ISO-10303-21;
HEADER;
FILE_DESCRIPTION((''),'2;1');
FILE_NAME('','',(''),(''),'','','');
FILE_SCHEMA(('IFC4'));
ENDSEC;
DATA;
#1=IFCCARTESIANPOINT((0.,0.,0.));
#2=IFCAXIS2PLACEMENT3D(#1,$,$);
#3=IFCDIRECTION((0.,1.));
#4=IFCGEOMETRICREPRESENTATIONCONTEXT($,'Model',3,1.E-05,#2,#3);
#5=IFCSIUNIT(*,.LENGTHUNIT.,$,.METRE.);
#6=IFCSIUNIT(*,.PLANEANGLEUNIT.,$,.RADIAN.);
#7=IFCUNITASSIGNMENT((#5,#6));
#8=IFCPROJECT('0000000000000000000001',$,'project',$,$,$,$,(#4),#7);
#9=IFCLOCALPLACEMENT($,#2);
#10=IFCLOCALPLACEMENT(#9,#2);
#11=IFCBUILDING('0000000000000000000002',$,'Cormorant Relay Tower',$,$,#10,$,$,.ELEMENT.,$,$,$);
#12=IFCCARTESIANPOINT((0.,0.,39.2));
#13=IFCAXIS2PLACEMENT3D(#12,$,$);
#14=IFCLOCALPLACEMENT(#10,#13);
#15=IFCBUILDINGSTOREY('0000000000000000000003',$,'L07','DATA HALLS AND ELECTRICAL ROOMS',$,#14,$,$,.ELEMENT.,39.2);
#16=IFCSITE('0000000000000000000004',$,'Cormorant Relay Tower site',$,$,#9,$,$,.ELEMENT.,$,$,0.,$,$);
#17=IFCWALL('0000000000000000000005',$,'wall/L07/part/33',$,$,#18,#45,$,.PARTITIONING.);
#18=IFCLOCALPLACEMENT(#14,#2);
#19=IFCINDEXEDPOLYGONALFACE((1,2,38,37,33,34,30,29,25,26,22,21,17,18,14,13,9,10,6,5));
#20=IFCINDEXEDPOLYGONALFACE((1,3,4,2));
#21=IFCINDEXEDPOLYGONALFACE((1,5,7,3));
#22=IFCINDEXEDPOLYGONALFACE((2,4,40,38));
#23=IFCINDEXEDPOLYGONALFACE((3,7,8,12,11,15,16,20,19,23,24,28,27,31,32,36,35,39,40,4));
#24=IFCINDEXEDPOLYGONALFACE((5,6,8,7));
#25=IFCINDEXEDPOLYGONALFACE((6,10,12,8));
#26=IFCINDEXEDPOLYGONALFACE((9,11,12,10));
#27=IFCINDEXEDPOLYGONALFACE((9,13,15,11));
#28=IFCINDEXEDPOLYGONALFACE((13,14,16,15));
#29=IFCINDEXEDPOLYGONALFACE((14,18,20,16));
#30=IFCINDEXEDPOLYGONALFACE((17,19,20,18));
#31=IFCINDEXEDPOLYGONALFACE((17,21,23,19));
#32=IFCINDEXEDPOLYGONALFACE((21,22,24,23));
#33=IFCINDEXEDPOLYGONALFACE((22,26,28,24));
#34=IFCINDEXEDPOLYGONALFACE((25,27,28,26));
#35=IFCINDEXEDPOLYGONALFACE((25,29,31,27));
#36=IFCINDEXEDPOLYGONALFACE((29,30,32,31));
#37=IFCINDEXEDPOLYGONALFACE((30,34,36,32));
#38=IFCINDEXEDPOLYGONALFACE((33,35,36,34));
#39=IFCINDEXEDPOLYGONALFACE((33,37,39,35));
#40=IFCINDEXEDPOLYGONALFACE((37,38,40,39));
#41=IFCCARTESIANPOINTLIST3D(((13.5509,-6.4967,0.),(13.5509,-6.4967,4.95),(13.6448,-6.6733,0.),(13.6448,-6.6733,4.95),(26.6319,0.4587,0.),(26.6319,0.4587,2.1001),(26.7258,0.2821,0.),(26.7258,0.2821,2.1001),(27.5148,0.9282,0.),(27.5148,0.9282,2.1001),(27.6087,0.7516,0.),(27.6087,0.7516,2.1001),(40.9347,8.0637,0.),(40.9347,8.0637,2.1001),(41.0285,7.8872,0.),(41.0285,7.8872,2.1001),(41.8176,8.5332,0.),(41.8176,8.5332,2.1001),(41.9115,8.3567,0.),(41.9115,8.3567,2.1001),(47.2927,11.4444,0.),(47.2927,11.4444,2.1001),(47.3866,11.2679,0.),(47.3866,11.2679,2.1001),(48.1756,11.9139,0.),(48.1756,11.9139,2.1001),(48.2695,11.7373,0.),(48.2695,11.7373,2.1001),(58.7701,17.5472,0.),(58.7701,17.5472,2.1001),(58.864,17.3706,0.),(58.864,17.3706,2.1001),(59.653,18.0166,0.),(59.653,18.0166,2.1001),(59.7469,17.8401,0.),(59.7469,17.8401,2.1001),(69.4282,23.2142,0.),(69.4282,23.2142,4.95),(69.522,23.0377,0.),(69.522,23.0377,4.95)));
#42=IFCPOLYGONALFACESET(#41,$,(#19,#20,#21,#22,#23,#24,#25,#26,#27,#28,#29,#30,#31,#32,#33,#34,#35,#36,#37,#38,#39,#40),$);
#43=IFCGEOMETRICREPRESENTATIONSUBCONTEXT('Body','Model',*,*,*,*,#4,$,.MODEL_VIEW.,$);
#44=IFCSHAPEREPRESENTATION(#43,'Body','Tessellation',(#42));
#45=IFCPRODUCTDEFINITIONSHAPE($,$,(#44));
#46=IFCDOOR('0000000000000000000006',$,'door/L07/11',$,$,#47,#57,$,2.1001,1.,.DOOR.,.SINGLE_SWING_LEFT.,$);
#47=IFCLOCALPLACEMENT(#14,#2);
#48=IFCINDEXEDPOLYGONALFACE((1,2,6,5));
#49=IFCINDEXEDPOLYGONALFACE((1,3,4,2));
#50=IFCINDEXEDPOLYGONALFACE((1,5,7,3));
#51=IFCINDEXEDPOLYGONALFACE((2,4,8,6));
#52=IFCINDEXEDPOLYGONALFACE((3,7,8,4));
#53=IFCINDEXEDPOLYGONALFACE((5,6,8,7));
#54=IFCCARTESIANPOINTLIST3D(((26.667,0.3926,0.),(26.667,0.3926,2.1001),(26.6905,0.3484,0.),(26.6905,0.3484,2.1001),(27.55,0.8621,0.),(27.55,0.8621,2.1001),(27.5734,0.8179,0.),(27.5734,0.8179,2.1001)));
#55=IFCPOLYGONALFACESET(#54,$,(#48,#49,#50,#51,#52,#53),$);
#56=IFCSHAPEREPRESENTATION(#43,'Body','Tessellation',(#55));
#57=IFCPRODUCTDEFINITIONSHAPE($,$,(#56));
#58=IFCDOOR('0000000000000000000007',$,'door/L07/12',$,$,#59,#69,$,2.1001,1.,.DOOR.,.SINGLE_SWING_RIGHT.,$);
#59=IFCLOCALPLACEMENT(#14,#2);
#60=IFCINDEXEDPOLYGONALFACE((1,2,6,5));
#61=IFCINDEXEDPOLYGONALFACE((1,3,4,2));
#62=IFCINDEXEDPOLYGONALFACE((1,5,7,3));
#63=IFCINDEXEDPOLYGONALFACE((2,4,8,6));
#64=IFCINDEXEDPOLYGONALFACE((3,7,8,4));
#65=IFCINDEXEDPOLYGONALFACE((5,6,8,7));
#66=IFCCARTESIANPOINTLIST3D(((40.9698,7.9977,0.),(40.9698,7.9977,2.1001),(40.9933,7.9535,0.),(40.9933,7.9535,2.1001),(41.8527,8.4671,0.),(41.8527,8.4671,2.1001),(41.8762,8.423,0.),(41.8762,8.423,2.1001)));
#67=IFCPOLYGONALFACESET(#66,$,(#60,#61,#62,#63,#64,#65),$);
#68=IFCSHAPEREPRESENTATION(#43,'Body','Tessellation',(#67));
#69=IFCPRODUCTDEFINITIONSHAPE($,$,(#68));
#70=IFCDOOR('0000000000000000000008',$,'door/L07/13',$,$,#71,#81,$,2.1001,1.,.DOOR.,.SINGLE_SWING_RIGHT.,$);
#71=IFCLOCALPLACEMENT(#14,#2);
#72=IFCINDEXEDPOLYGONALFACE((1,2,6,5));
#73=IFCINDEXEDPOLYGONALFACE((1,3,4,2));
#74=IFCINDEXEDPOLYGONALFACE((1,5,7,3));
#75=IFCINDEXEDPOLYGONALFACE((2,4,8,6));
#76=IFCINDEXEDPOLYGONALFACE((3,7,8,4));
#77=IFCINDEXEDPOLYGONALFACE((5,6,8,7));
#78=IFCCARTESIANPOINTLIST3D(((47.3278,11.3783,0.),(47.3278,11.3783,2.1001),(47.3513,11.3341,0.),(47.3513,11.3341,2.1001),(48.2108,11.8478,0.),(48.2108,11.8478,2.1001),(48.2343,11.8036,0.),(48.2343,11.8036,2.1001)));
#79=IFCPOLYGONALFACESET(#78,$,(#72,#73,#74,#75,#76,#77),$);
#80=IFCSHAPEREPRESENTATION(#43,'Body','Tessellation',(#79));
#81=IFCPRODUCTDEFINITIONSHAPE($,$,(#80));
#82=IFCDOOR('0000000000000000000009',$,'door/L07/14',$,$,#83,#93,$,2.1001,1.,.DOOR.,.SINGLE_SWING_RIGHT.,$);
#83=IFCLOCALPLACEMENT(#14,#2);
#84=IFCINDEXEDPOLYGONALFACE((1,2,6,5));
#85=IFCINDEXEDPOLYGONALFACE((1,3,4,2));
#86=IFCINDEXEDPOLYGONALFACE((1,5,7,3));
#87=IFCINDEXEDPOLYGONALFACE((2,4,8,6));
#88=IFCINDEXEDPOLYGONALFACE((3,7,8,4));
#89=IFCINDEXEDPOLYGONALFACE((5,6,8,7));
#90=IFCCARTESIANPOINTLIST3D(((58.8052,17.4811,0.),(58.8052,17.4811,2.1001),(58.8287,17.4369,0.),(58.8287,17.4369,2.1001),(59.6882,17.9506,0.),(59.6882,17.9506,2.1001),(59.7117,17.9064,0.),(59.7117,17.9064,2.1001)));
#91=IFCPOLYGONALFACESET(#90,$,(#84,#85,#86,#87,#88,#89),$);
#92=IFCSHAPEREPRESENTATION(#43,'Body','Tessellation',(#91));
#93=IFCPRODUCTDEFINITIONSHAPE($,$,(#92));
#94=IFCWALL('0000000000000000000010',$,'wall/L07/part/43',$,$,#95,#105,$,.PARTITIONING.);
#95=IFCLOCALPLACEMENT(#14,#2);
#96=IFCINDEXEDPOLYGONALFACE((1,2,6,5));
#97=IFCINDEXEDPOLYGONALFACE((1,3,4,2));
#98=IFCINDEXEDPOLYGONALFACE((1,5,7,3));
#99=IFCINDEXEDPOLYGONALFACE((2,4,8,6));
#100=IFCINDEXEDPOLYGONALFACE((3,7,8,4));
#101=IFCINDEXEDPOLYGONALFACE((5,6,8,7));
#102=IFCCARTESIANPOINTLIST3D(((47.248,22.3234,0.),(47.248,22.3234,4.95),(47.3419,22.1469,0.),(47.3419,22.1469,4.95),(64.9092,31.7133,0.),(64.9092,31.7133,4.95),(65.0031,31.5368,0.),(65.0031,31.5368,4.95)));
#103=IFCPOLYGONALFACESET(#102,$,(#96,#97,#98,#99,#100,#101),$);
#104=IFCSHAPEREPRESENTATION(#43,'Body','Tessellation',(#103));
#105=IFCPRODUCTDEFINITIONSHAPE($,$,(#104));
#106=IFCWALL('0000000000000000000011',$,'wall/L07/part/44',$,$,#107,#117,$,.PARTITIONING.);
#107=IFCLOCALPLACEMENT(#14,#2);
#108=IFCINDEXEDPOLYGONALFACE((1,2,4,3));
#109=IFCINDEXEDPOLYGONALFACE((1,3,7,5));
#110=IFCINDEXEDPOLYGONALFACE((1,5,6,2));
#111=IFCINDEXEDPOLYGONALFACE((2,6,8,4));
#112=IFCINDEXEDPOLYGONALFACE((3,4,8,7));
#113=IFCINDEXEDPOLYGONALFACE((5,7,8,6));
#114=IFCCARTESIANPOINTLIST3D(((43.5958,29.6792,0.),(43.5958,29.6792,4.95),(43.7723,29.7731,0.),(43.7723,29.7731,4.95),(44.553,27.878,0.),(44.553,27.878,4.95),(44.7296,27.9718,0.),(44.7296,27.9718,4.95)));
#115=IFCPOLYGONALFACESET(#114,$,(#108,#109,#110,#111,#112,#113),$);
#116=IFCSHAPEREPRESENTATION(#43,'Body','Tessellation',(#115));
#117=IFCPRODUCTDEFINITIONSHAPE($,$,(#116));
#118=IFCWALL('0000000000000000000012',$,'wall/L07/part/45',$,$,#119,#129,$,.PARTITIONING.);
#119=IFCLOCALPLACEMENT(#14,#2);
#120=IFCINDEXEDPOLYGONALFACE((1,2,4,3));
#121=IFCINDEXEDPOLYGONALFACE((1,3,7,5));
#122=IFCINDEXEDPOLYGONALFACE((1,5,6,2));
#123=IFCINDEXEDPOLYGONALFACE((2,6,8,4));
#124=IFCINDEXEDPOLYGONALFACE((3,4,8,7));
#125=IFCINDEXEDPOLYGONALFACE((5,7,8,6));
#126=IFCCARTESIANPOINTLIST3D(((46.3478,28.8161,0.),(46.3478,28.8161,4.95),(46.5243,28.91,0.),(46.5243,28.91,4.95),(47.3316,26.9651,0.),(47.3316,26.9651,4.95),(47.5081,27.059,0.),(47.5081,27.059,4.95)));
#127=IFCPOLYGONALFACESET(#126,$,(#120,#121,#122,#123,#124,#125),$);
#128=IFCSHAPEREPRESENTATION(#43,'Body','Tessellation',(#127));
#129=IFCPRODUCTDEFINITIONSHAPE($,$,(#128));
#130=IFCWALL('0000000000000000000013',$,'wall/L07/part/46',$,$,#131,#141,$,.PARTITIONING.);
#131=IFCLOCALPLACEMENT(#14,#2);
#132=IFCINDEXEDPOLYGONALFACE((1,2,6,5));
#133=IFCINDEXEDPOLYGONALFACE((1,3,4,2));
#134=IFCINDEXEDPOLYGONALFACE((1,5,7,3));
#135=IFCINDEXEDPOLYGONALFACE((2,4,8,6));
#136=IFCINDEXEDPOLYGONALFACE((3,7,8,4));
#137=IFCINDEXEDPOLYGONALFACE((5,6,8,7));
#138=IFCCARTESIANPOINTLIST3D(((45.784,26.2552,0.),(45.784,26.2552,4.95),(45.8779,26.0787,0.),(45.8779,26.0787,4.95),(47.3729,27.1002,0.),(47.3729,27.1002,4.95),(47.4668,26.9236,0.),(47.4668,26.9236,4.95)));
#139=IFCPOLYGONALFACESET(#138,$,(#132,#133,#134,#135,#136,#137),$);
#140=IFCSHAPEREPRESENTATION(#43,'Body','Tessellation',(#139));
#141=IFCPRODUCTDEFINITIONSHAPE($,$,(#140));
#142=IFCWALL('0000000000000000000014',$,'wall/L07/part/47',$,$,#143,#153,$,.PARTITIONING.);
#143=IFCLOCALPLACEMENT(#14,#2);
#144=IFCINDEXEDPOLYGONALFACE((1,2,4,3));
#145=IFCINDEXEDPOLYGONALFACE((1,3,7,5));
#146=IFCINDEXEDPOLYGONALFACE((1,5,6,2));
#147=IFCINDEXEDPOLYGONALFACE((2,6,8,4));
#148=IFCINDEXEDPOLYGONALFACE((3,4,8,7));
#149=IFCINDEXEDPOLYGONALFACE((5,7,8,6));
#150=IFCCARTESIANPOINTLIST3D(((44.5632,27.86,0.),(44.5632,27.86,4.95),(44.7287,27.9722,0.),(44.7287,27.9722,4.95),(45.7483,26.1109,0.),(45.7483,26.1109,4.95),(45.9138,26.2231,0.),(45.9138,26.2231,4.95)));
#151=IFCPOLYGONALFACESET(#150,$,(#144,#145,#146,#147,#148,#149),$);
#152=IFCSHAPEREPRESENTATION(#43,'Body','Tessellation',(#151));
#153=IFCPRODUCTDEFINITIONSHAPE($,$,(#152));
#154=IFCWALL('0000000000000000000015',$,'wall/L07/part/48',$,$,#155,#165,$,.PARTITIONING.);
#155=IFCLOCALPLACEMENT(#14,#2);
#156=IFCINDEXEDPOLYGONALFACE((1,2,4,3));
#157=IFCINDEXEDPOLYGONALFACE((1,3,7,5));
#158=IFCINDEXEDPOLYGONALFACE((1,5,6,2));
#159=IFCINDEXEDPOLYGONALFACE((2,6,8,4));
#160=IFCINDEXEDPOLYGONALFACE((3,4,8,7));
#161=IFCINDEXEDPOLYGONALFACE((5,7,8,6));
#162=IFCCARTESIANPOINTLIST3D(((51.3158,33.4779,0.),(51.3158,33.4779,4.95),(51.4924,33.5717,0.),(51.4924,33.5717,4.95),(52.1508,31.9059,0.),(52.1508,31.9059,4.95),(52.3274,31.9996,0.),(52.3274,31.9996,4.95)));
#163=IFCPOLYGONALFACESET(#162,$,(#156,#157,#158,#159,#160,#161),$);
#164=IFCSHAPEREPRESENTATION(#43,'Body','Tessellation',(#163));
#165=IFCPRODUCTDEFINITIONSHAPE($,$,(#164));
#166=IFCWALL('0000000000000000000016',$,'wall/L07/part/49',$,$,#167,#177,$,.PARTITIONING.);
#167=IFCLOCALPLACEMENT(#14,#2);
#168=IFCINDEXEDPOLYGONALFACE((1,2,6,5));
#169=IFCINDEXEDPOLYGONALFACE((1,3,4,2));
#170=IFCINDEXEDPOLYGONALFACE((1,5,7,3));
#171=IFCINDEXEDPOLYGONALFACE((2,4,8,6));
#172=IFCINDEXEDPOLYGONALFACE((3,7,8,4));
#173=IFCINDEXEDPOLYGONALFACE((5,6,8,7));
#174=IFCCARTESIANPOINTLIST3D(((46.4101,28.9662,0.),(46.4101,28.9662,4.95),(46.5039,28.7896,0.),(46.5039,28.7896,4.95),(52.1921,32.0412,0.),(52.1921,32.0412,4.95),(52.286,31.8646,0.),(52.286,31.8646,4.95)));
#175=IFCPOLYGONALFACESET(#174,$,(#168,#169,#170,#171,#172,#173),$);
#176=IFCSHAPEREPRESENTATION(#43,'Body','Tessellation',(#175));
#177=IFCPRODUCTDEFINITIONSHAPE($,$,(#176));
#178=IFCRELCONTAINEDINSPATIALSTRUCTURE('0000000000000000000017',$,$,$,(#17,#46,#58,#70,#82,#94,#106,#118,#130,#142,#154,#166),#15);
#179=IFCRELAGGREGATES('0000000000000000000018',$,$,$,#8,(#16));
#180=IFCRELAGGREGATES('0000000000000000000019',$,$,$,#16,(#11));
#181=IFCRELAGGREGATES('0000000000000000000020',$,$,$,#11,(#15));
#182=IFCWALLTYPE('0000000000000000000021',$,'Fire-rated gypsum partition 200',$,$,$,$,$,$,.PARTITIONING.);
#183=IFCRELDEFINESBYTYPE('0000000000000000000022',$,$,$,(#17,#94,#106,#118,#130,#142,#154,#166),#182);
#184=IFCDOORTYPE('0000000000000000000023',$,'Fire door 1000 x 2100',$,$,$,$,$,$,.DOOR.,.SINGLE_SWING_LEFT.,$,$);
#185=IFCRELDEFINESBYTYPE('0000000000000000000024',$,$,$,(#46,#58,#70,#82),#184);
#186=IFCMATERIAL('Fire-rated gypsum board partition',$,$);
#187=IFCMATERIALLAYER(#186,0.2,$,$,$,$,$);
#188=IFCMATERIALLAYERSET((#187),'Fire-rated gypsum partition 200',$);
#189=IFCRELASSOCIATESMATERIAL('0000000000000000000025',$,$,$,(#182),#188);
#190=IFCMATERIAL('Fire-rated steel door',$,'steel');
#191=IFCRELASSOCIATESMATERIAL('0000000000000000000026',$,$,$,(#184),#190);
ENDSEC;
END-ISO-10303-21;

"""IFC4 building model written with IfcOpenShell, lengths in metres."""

from ifc_helpers import new_model, si_unit, direction, frame, frame_2d, origin, place, context, subcontext, project, spatial, rectangle, extrude, material, layer, layer_set, type_object, element, fill, save


model = new_model("IFC4")

# Units and contexts
model_context = context("Model", 3, precision=1e-05, world=origin(), true_north=direction((0.0, 1.0)))
body_context = subcontext(model_context, "Body", "Model", "MODEL_VIEW")
ifc_project = project(units=[si_unit("LENGTHUNIT", "METRE"), si_unit("PLANEANGLEUNIT", "RADIAN")], contexts=[model_context])

# Site, building, storey
site_placement = place(None, origin())
site = spatial("IfcSite", under=ifc_project, at=site_placement, Name="Cormorant Relay Tower site", CompositionType="ELEMENT", RefElevation=0.0)
building_placement = place(site_placement, origin())
building = spatial("IfcBuilding", under=site, at=building_placement, Name="Cormorant Relay Tower", CompositionType="ELEMENT")
storey_placement = place(building_placement, frame((0.0, 0.0, 39.2)))
storey = spatial("IfcBuildingStorey", under=building, at=storey_placement, Name="L07", Description="DATA HALLS AND ELECTRICAL ROOMS", CompositionType="ELEMENT", Elevation=39.2)

# Wall, openings, doors
ifc_material_1 = material(Name="Fire-rated gypsum board partition")
ifc_layer_1 = layer(ifc_material_1, 0.2)
ifc_layer_set_1 = layer_set([ifc_layer_1], Name="Fire-rated gypsum partition 200")
wall_type_1 = type_object("IfcWallType", Name="Fire-rated gypsum partition 200", PredefinedType="PARTITIONING", material=ifc_layer_set_1)
wall_1_placement = place(storey_placement, frame((69.4751, 23.126, 0.0), z_axis=(0.0, 0.0, 1.0), x_axis=(-0.882944, -0.469478, 0.0)))
wall_1 = element("IfcWall", 1, at=wall_1_placement, inside=storey, type_object=wall_type_1, Name="wall/L07/part/33", PredefinedType="PARTITIONING", context=body_context, shape_type="SweptSolid", body=[
    extrude(rectangle(XDim=63.2852, YDim=0.2, at=frame_2d((31.6426, 0.0))), origin(), (0.0, 0.0, 1.0), 4.95),
])
opening_1_placement = place(wall_1_placement, frame((47.47, 0.0, 0.0)))
opening_1 = element("IfcOpeningElement", 2, at=opening_1_placement, cuts=wall_1, PredefinedType="OPENING", context=body_context, shape_type="SweptSolid", body=[
    extrude(rectangle(XDim=1.0, YDim=2.1001, at=frame_2d((0.5, 1.05))), frame((0.0, 0.1099, 0.0), z_axis=(0.0, -1.0, 0.0), x_axis=(1.0, 0.0, 0.0)), (0.0, 0.0, 1.0), 0.22),
])
opening_2_placement = place(wall_1_placement, frame((31.271, 0.0, 0.0)))
opening_2 = element("IfcOpeningElement", 3, at=opening_2_placement, cuts=wall_1, PredefinedType="OPENING", context=body_context, shape_type="SweptSolid", body=[
    extrude(rectangle(XDim=1.0, YDim=2.1001, at=frame_2d((0.5, 1.05))), frame((0.0, 0.1099, 0.0), z_axis=(0.0, -1.0, 0.0), x_axis=(1.0, 0.0, 0.0)), (0.0, 0.0, 1.0), 0.22),
])
opening_3_placement = place(wall_1_placement, frame((24.0701, 0.0, 0.0)))
opening_3 = element("IfcOpeningElement", 4, at=opening_3_placement, cuts=wall_1, PredefinedType="OPENING", context=body_context, shape_type="SweptSolid", body=[
    extrude(rectangle(XDim=1.0, YDim=2.1001, at=frame_2d((0.5, 1.05))), frame((0.0, 0.1099, 0.0), z_axis=(0.0, -1.0, 0.0), x_axis=(1.0, 0.0, 0.0)), (0.0, 0.0, 1.0), 0.22),
])
opening_4_placement = place(wall_1_placement, frame((11.071, 0.0, 0.0)))
opening_4 = element("IfcOpeningElement", 5, at=opening_4_placement, cuts=wall_1, PredefinedType="OPENING", context=body_context, shape_type="SweptSolid", body=[
    extrude(rectangle(XDim=1.0, YDim=2.1001, at=frame_2d((0.5, 1.05))), frame((0.0, 0.1099, 0.0), z_axis=(0.0, -1.0, 0.0), x_axis=(1.0, 0.0, 0.0)), (0.0, 0.0, 1.0), 0.22),
])
ifc_material_2 = material(Name="Fire-rated steel door", Category="steel")
door_type_1 = type_object("IfcDoorType", Name="Fire door 1000 x 2100", OperationType="SINGLE_SWING_LEFT", PredefinedType="DOOR", material=ifc_material_2)
door_1_placement = place(opening_1_placement, origin())
door_1 = element("IfcDoor", 6, at=door_1_placement, inside=storey, type_object=door_type_1, Name="door/L07/11", OperationType="SINGLE_SWING_LEFT", OverallHeight=2.1001, OverallWidth=1.0, PredefinedType="DOOR", context=body_context, shape_type="SweptSolid", body=[
    extrude(rectangle(XDim=1.0, YDim=2.1001, at=frame_2d((0.5, 1.05))), frame((0.0, 0.0249, 0.0), z_axis=(0.0, -1.0, 0.0), x_axis=(1.0, 0.0, 0.0)), (0.0, 0.0, 1.0), 0.05),
])
fill(opening_1, door_1)
door_2_placement = place(opening_2_placement, origin())
door_2 = element("IfcDoor", 7, at=door_2_placement, inside=storey, type_object=door_type_1, Name="door/L07/12", OperationType="SINGLE_SWING_RIGHT", OverallHeight=2.1001, OverallWidth=1.0, PredefinedType="DOOR", context=body_context, shape_type="SweptSolid", body=[
    extrude(rectangle(XDim=1.0, YDim=2.1001, at=frame_2d((0.5, 1.05))), frame((0.0, 0.0249, 0.0), z_axis=(0.0, -1.0, 0.0), x_axis=(1.0, 0.0, 0.0)), (0.0, 0.0, 1.0), 0.05),
])
fill(opening_2, door_2)
door_3_placement = place(opening_3_placement, origin())
door_3 = element("IfcDoor", 8, at=door_3_placement, inside=storey, type_object=door_type_1, Name="door/L07/13", OperationType="SINGLE_SWING_RIGHT", OverallHeight=2.1001, OverallWidth=1.0, PredefinedType="DOOR", context=body_context, shape_type="SweptSolid", body=[
    extrude(rectangle(XDim=1.0, YDim=2.1001, at=frame_2d((0.5, 1.05))), frame((0.0, 0.0249, 0.0), z_axis=(0.0, -1.0, 0.0), x_axis=(1.0, 0.0, 0.0)), (0.0, 0.0, 1.0), 0.05),
])
fill(opening_3, door_3)
door_4_placement = place(opening_4_placement, origin())
door_4 = element("IfcDoor", 9, at=door_4_placement, inside=storey, type_object=door_type_1, Name="door/L07/14", OperationType="SINGLE_SWING_RIGHT", OverallHeight=2.1001, OverallWidth=1.0, PredefinedType="DOOR", context=body_context, shape_type="SweptSolid", body=[
    extrude(rectangle(XDim=1.0, YDim=2.1001, at=frame_2d((0.5, 1.05))), frame((0.0, 0.0249, 0.0), z_axis=(0.0, -1.0, 0.0), x_axis=(1.0, 0.0, 0.0)), (0.0, 0.0, 1.0), 0.05),
])
fill(opening_4, door_4)

# Walls
wall_2_placement = place(storey_placement, frame((64.9561, 31.625, 0.0), z_axis=(0.0, 0.0, 1.0), x_axis=(-0.882962, -0.469444, 0.0)))
element("IfcWall", 10, at=wall_2_placement, inside=storey, type_object=wall_type_1, Name="wall/L07/part/43", PredefinedType="PARTITIONING", context=body_context, shape_type="SweptSolid", body=[
    extrude(rectangle(XDim=20.0022, YDim=0.2, at=frame_2d((10.001, 0.0))), origin(), (0.0, 0.0, 1.0), 4.95),
])
wall_3_placement = place(storey_placement, frame((44.6414, 27.9248, 0.0), z_axis=(0.0, 0.0, 1.0), x_axis=(-0.469289, 0.883044, 0.0)))
element("IfcWall", 11, at=wall_3_placement, inside=storey, type_object=wall_type_1, Name="wall/L07/part/44", PredefinedType="PARTITIONING", context=body_context, shape_type="SweptSolid", body=[
    extrude(rectangle(XDim=2.0398, YDim=0.2, at=frame_2d((1.02, 0.0))), origin(), (0.0, 0.0, 1.0), 4.95),
])
wall_4_placement = place(storey_placement, frame((46.436, 28.863, 0.0), z_axis=(0.0, 0.0, 1.0), x_axis=(0.469343, -0.883016, 0.0)))
element("IfcWall", 12, at=wall_4_placement, inside=storey, type_object=wall_type_1, Name="wall/L07/part/45", PredefinedType="PARTITIONING", context=body_context, shape_type="SweptSolid", body=[
    extrude(rectangle(XDim=2.0962, YDim=0.2, at=frame_2d((1.0481, 0.0))), origin(), (0.0, 0.0, 1.0), 4.95),
])
wall_5_placement = place(storey_placement, frame((47.4199, 27.012, 0.0), z_axis=(0.0, 0.0, 1.0), x_axis=(-0.882912, -0.469539, 0.0)))
element("IfcWall", 13, at=wall_5_placement, inside=storey, type_object=wall_type_1, Name="wall/L07/part/46", PredefinedType="PARTITIONING", context=body_context, shape_type="SweptSolid", body=[
    extrude(rectangle(XDim=1.7996, YDim=0.2, at=frame_2d((0.8999, 0.0))), origin(), (0.0, 0.0, 1.0), 4.95),
])
wall_6_placement = place(storey_placement, frame((45.8311, 26.167, 0.0), z_axis=(0.0, 0.0, 1.0), x_axis=(-0.560925, 0.827867, 0.0)))
element("IfcWall", 14, at=wall_6_placement, inside=storey, type_object=wall_type_1, Name="wall/L07/part/47", PredefinedType="PARTITIONING", context=body_context, shape_type="SweptSolid", body=[
    extrude(rectangle(XDim=2.1128, YDim=0.2, at=frame_2d((1.0564, 0.0))), origin(), (0.0, 0.0, 1.0), 4.95),
])
wall_7_placement = place(storey_placement, frame((51.4041, 33.5249, 0.0), z_axis=(0.0, 0.0, 1.0), x_axis=(0.469078, -0.883157, 0.0)))
element("IfcWall", 15, at=wall_7_placement, inside=storey, type_object=wall_type_1, Name="wall/L07/part/48", PredefinedType="PARTITIONING", context=body_context, shape_type="SweptSolid", body=[
    extrude(rectangle(XDim=1.78, YDim=0.2, at=frame_2d((0.8901, 0.0))), origin(), (0.0, 0.0, 1.0), 4.95),
])
wall_8_placement = place(storey_placement, frame((52.239, 31.9529, 0.0), z_axis=(0.0, 0.0, 1.0), x_axis=(-0.882909, -0.469545, 0.0)))
element("IfcWall", 16, at=wall_8_placement, inside=storey, type_object=wall_type_1, Name="wall/L07/part/49", PredefinedType="PARTITIONING", context=body_context, shape_type="SweptSolid", body=[
    extrude(rectangle(XDim=6.5488, YDim=0.2, at=frame_2d((3.2744, 0.0))), origin(), (0.0, 0.0, 1.0), 4.95),
])

save(model, "model.ifc")
